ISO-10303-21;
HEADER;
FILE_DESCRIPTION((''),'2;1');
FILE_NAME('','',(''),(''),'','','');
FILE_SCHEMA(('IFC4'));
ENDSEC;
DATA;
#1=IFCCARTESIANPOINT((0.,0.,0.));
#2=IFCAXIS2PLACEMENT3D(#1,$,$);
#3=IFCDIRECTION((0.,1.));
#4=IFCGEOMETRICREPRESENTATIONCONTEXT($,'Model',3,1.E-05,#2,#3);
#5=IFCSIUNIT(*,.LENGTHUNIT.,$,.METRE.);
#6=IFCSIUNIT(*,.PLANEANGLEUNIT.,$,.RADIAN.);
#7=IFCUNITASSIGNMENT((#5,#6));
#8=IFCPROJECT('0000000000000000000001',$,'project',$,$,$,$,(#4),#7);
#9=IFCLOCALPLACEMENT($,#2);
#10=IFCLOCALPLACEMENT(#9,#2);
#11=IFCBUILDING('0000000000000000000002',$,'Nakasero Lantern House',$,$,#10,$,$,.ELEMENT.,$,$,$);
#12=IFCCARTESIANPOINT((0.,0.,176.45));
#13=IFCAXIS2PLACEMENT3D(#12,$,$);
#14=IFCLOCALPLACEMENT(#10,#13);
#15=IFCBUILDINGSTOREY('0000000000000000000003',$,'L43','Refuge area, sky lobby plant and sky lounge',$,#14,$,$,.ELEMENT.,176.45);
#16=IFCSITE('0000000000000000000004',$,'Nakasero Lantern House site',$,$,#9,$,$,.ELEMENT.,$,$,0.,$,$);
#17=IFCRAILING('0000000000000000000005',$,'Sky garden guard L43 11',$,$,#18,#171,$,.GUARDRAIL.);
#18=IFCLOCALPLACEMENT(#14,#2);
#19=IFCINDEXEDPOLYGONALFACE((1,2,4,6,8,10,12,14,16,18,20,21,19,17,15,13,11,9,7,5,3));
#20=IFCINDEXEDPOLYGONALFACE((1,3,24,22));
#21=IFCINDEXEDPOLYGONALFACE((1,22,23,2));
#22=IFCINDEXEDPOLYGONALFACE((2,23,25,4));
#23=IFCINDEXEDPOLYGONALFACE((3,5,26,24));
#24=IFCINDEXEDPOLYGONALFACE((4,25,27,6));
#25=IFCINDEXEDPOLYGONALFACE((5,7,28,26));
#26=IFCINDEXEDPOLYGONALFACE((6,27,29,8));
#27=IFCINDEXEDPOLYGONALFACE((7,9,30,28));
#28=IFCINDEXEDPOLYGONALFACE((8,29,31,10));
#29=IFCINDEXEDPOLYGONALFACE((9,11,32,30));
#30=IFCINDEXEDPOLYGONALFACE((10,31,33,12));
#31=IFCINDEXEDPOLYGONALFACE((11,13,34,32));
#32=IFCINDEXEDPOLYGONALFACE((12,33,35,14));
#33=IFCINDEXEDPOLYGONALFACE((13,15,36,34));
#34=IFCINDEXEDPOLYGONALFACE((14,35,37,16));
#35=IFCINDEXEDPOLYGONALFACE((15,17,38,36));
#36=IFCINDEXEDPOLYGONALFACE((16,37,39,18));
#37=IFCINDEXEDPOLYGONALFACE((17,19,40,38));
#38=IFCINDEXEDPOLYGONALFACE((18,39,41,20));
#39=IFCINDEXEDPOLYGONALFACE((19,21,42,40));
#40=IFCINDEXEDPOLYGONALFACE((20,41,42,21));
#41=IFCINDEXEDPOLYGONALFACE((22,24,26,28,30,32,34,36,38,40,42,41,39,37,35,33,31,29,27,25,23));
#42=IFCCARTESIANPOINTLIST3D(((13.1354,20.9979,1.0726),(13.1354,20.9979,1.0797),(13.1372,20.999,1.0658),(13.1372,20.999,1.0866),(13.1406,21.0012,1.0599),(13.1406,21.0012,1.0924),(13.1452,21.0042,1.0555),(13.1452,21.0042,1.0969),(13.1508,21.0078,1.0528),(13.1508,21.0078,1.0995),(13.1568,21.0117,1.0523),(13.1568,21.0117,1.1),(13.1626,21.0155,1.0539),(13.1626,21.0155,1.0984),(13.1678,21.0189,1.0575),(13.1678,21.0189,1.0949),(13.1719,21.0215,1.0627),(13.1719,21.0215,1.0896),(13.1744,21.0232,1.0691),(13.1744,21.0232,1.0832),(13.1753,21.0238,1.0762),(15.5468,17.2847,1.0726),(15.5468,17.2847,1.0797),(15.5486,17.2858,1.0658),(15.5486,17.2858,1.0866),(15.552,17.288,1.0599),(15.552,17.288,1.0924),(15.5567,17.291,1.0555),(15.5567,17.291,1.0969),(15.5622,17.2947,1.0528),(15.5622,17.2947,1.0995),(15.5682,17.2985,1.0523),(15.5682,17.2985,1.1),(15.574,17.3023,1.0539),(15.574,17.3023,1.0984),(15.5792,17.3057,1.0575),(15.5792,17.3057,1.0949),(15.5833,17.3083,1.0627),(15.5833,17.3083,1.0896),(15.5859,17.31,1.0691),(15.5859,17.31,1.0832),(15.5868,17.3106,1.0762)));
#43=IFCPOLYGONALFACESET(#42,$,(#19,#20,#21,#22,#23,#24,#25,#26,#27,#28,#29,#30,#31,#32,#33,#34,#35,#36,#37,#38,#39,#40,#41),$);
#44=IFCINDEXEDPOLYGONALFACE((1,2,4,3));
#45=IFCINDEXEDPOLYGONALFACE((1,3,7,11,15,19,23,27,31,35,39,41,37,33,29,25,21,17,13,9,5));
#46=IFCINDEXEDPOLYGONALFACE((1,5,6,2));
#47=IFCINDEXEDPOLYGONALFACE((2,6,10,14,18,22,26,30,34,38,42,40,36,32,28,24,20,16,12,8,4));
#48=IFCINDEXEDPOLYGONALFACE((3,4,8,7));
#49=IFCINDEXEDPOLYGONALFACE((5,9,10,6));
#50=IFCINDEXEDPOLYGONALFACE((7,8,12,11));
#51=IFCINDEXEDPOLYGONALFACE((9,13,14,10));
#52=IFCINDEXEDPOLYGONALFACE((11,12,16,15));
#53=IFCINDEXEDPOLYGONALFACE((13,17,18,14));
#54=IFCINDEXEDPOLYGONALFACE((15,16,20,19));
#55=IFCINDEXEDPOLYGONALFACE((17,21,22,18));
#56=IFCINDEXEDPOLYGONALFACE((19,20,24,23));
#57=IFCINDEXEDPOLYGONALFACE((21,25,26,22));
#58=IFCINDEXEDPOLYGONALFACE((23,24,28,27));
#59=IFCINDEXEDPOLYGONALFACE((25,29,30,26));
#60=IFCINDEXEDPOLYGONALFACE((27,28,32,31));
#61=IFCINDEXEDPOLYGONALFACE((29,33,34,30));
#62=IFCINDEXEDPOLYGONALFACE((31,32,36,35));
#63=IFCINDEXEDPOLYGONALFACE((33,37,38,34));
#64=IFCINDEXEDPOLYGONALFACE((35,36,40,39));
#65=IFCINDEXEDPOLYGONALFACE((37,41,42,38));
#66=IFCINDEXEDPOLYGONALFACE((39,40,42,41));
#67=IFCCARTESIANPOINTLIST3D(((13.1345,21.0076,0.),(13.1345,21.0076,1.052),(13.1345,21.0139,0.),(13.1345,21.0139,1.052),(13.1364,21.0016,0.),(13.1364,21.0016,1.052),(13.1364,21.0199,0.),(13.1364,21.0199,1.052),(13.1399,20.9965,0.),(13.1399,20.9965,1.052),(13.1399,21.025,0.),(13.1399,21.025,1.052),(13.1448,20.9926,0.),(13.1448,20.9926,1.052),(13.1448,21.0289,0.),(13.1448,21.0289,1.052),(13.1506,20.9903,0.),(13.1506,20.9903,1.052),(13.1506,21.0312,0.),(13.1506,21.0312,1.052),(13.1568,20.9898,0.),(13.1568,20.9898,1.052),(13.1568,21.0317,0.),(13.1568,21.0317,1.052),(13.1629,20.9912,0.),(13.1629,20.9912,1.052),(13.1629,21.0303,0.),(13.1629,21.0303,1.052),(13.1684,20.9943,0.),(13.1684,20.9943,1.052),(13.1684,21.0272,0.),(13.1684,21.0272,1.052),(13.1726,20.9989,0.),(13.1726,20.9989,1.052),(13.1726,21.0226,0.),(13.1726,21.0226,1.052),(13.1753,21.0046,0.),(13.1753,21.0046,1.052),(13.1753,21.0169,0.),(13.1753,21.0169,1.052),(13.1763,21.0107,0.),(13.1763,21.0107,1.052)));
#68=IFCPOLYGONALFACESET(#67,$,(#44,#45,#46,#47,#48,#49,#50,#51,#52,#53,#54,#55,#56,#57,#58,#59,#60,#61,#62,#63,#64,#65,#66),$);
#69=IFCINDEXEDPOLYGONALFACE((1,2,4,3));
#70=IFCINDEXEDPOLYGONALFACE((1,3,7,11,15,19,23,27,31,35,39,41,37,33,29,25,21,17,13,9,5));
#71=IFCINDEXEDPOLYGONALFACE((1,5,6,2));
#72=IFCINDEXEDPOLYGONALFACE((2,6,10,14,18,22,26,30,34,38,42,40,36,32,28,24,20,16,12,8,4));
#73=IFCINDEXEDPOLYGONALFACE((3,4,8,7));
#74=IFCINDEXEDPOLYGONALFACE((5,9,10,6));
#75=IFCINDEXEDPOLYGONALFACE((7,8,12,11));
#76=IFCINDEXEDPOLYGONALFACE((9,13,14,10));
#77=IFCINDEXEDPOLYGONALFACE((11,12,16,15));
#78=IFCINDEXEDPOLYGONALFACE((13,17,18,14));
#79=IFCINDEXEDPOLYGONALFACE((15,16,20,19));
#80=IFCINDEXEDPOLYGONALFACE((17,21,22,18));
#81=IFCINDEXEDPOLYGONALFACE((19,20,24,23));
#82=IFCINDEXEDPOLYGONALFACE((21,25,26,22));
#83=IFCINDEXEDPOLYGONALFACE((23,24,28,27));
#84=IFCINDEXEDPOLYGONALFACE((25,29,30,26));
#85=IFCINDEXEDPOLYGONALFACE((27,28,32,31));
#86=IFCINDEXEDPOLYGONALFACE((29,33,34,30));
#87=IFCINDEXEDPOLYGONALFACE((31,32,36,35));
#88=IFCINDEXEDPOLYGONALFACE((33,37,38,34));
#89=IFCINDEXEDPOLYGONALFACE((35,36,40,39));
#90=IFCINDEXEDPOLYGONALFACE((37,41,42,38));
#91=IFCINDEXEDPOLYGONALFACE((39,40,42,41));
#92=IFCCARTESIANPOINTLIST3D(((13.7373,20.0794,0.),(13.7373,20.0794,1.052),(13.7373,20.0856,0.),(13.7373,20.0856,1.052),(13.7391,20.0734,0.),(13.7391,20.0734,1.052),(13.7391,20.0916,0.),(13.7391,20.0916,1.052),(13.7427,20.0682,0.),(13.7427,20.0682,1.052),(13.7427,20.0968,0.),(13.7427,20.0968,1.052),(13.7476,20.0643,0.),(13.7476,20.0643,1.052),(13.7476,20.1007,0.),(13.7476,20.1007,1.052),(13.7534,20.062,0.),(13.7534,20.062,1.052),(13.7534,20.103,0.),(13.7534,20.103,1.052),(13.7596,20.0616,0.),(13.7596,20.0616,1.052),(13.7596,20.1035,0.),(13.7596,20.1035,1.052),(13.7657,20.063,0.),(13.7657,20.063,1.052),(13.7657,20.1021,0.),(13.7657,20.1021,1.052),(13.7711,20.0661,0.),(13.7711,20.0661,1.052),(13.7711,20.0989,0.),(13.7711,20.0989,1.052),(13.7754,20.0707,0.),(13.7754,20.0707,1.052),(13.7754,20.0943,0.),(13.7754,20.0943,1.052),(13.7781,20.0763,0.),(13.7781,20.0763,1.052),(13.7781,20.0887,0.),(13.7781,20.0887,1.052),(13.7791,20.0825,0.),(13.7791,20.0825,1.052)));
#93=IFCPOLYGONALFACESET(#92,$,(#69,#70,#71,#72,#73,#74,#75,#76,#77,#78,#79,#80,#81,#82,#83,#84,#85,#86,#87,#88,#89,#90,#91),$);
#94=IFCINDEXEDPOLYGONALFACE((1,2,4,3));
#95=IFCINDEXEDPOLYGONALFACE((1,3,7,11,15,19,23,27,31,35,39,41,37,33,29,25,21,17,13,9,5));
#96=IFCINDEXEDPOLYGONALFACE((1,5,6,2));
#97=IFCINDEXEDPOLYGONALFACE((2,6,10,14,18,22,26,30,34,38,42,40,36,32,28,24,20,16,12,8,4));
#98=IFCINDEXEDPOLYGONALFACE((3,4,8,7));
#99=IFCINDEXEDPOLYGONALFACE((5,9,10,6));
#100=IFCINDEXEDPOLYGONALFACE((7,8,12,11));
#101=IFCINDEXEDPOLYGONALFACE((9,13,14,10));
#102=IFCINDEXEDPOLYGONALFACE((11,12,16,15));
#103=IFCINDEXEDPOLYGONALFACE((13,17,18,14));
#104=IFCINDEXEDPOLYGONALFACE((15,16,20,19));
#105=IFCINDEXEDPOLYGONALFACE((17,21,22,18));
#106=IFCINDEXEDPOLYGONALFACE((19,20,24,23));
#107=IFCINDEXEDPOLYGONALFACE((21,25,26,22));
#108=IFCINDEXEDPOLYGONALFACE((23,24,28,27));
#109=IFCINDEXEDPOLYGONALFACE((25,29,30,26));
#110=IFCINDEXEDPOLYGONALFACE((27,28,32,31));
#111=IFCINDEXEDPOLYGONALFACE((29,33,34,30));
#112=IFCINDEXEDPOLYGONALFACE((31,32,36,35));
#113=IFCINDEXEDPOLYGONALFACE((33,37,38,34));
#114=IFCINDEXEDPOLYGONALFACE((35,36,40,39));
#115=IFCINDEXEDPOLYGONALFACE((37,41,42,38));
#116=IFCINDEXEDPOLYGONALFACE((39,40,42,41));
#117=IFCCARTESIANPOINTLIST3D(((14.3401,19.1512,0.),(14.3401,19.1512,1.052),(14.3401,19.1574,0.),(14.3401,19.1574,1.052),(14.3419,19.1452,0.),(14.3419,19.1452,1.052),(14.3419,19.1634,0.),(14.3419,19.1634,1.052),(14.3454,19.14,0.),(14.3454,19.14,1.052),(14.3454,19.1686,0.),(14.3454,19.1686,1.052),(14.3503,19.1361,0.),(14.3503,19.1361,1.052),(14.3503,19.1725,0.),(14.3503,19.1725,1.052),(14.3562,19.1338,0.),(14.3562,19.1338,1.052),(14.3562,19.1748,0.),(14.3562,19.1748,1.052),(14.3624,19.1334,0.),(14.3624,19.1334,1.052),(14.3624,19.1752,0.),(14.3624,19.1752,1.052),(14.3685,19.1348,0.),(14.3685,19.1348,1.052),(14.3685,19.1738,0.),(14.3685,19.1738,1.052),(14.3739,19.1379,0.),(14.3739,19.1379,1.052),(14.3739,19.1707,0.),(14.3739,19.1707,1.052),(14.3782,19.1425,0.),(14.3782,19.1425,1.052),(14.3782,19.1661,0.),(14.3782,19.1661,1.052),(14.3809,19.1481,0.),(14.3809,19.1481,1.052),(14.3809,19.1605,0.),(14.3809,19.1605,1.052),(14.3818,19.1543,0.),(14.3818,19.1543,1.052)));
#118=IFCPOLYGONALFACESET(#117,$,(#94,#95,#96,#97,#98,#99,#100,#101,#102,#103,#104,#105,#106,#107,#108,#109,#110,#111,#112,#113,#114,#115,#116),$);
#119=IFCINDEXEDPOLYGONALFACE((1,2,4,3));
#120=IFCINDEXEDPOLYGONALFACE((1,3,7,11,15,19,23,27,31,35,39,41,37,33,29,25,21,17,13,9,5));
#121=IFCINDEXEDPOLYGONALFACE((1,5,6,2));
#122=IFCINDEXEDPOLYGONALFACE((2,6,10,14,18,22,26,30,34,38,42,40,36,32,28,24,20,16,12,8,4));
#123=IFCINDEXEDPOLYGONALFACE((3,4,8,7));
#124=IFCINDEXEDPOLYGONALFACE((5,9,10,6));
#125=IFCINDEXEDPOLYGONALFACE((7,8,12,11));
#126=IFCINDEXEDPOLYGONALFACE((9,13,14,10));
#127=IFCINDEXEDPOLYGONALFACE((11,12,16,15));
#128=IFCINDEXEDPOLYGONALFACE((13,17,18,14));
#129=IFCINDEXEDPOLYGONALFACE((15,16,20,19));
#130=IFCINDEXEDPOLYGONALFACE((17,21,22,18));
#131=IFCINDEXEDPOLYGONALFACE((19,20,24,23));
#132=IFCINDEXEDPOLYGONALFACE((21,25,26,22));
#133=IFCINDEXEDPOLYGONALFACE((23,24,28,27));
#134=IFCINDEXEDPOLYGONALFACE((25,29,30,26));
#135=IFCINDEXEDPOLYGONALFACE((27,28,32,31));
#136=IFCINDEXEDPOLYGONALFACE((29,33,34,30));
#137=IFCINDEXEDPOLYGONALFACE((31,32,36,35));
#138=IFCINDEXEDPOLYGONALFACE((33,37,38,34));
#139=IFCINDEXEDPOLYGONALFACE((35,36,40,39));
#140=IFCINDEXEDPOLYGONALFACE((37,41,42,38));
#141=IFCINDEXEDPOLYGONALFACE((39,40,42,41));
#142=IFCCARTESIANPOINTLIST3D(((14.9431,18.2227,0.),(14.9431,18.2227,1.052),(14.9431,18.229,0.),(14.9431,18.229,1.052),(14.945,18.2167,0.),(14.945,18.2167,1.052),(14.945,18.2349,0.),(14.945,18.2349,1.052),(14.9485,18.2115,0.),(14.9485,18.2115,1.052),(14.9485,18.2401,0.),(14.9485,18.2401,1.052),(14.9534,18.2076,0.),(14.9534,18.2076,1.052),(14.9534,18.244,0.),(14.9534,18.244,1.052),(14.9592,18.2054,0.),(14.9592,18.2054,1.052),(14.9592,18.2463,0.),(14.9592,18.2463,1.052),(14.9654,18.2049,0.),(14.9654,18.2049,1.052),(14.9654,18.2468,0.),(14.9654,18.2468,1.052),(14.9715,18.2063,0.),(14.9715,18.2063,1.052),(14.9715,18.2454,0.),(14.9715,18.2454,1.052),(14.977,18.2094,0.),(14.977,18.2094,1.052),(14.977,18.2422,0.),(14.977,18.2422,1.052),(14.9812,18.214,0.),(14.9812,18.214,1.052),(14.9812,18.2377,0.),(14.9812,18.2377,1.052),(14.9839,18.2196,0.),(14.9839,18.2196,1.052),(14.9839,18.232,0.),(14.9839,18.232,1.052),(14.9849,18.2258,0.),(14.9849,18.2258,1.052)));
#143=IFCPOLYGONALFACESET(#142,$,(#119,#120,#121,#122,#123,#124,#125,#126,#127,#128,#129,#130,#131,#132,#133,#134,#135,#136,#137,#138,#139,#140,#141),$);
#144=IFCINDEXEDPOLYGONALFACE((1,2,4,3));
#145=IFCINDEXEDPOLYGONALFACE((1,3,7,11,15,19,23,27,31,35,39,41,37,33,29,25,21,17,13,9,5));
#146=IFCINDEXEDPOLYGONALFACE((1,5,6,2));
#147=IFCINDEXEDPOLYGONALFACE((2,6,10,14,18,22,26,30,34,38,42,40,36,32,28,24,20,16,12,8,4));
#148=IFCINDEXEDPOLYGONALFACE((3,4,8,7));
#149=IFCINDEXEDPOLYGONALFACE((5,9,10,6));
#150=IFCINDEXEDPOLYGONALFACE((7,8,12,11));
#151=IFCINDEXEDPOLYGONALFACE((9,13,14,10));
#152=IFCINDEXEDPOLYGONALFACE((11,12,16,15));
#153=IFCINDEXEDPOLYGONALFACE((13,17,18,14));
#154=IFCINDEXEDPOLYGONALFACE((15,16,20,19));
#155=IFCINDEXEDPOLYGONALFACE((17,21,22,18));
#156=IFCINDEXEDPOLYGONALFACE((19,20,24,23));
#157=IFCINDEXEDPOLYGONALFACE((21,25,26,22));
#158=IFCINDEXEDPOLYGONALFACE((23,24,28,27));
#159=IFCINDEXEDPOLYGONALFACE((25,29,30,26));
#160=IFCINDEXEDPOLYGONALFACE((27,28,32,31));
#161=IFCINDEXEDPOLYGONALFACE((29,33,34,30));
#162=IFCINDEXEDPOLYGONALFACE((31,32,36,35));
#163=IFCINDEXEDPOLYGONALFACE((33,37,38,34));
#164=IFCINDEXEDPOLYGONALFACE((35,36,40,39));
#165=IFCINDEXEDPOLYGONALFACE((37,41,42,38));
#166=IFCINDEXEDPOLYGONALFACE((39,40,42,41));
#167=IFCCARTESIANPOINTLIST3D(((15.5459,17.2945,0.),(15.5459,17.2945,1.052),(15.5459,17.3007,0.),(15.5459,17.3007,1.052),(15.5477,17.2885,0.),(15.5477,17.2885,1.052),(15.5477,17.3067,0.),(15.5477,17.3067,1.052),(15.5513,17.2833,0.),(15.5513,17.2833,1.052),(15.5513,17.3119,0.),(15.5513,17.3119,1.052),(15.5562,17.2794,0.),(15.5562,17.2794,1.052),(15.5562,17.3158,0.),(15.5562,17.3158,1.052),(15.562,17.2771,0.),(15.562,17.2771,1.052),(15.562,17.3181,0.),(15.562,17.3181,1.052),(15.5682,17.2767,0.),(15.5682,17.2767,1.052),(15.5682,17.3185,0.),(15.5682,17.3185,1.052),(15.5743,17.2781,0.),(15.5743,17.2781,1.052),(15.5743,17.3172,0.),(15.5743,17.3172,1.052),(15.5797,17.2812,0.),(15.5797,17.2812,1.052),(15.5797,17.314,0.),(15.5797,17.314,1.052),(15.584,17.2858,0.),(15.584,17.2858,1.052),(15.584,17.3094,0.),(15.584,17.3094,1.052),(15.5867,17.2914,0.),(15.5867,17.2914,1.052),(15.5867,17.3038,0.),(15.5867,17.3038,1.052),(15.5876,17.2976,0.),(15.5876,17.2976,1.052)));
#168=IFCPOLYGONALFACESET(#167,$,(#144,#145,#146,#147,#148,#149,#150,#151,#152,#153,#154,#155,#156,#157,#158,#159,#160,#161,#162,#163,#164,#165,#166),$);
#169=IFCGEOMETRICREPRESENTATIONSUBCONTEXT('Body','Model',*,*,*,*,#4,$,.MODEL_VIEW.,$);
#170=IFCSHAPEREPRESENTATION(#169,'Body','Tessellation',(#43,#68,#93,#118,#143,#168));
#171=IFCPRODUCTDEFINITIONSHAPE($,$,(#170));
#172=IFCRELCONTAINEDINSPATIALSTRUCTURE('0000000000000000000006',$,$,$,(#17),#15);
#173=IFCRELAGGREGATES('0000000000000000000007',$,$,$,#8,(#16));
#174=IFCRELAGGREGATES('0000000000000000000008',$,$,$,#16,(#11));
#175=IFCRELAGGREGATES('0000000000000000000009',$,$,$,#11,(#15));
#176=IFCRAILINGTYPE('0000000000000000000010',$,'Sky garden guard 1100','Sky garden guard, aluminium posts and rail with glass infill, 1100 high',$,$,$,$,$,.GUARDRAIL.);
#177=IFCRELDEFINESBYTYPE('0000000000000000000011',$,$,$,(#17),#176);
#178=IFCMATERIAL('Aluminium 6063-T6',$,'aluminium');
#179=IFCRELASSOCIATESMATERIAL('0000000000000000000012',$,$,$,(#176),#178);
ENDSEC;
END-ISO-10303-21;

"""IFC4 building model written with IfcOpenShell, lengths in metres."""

from ifc_helpers import new_model, si_unit, direction, frame, origin, origin_2d, place, context, subcontext, project, spatial, circle, extrude, material, type_object, element, save


model = new_model("IFC4")

# Units and contexts
model_context = context("Model", 3, precision=1e-05, world=origin(), true_north=direction((0.0, 1.0)))
body_context = subcontext(model_context, "Body", "Model", "MODEL_VIEW")
ifc_project = project(units=[si_unit("LENGTHUNIT", "METRE"), si_unit("PLANEANGLEUNIT", "RADIAN")], contexts=[model_context])

# Site, building, storey
site_placement = place(None, origin())
site = spatial("IfcSite", under=ifc_project, at=site_placement, Name="Nakasero Lantern House site", CompositionType="ELEMENT", RefElevation=0.0)
building_placement = place(site_placement, origin())
building = spatial("IfcBuilding", under=site, at=building_placement, Name="Nakasero Lantern House", CompositionType="ELEMENT")
storey_placement = place(building_placement, frame((0.0, 0.0, 176.45)))
storey = spatial("IfcBuildingStorey", under=building, at=storey_placement, Name="L43", Description="Refuge area, sky lobby plant and sky lounge", CompositionType="ELEMENT", Elevation=176.45)

# Railing
ifc_material_1 = material(Name="Aluminium 6063-T6", Category="aluminium")
railing_type = type_object("IfcRailingType", Name="Sky garden guard 1100", Description="Sky garden guard, aluminium posts and rail with glass infill, 1100 high", PredefinedType="GUARDRAIL", material=ifc_material_1)
railing_1_placement = place(storey_placement, frame((13.1553, 21.0107, 0.0)))
element("IfcRailing", 1, at=railing_1_placement, inside=storey, type_object=railing_type, Name="Sky garden guard L43 11", PredefinedType="GUARDRAIL", context=body_context, shape_type="SweptSolid", body=[
    extrude(circle(Radius=0.0239, at=origin_2d()), frame((0.0, 0.0, 1.0762), z_axis=(0.544645, -0.838667, 0.0), x_axis=(0.838667, 0.544645, 0.0)), (0.0, 0.0, 1.0), 4.4275),
    extrude(circle(Radius=0.021, at=origin_2d()), origin(), (0.0, 0.0, 1.0), 1.052),
    extrude(circle(Radius=0.021, at=origin_2d()), frame((0.6028, -0.9282, 0.0)), (0.0, 0.0, 1.0), 1.052),
    extrude(circle(Radius=0.021, at=origin_2d()), frame((1.2056, -1.8564, 0.0)), (0.0, 0.0, 1.0), 1.052),
    extrude(circle(Radius=0.021, at=origin_2d()), frame((1.8086, -2.7849, 0.0)), (0.0, 0.0, 1.0), 1.052),
    extrude(circle(Radius=0.021, at=origin_2d()), frame((2.4114, -3.7131, 0.0)), (0.0, 0.0, 1.0), 1.052),
])

save(model, "model.ifc")
